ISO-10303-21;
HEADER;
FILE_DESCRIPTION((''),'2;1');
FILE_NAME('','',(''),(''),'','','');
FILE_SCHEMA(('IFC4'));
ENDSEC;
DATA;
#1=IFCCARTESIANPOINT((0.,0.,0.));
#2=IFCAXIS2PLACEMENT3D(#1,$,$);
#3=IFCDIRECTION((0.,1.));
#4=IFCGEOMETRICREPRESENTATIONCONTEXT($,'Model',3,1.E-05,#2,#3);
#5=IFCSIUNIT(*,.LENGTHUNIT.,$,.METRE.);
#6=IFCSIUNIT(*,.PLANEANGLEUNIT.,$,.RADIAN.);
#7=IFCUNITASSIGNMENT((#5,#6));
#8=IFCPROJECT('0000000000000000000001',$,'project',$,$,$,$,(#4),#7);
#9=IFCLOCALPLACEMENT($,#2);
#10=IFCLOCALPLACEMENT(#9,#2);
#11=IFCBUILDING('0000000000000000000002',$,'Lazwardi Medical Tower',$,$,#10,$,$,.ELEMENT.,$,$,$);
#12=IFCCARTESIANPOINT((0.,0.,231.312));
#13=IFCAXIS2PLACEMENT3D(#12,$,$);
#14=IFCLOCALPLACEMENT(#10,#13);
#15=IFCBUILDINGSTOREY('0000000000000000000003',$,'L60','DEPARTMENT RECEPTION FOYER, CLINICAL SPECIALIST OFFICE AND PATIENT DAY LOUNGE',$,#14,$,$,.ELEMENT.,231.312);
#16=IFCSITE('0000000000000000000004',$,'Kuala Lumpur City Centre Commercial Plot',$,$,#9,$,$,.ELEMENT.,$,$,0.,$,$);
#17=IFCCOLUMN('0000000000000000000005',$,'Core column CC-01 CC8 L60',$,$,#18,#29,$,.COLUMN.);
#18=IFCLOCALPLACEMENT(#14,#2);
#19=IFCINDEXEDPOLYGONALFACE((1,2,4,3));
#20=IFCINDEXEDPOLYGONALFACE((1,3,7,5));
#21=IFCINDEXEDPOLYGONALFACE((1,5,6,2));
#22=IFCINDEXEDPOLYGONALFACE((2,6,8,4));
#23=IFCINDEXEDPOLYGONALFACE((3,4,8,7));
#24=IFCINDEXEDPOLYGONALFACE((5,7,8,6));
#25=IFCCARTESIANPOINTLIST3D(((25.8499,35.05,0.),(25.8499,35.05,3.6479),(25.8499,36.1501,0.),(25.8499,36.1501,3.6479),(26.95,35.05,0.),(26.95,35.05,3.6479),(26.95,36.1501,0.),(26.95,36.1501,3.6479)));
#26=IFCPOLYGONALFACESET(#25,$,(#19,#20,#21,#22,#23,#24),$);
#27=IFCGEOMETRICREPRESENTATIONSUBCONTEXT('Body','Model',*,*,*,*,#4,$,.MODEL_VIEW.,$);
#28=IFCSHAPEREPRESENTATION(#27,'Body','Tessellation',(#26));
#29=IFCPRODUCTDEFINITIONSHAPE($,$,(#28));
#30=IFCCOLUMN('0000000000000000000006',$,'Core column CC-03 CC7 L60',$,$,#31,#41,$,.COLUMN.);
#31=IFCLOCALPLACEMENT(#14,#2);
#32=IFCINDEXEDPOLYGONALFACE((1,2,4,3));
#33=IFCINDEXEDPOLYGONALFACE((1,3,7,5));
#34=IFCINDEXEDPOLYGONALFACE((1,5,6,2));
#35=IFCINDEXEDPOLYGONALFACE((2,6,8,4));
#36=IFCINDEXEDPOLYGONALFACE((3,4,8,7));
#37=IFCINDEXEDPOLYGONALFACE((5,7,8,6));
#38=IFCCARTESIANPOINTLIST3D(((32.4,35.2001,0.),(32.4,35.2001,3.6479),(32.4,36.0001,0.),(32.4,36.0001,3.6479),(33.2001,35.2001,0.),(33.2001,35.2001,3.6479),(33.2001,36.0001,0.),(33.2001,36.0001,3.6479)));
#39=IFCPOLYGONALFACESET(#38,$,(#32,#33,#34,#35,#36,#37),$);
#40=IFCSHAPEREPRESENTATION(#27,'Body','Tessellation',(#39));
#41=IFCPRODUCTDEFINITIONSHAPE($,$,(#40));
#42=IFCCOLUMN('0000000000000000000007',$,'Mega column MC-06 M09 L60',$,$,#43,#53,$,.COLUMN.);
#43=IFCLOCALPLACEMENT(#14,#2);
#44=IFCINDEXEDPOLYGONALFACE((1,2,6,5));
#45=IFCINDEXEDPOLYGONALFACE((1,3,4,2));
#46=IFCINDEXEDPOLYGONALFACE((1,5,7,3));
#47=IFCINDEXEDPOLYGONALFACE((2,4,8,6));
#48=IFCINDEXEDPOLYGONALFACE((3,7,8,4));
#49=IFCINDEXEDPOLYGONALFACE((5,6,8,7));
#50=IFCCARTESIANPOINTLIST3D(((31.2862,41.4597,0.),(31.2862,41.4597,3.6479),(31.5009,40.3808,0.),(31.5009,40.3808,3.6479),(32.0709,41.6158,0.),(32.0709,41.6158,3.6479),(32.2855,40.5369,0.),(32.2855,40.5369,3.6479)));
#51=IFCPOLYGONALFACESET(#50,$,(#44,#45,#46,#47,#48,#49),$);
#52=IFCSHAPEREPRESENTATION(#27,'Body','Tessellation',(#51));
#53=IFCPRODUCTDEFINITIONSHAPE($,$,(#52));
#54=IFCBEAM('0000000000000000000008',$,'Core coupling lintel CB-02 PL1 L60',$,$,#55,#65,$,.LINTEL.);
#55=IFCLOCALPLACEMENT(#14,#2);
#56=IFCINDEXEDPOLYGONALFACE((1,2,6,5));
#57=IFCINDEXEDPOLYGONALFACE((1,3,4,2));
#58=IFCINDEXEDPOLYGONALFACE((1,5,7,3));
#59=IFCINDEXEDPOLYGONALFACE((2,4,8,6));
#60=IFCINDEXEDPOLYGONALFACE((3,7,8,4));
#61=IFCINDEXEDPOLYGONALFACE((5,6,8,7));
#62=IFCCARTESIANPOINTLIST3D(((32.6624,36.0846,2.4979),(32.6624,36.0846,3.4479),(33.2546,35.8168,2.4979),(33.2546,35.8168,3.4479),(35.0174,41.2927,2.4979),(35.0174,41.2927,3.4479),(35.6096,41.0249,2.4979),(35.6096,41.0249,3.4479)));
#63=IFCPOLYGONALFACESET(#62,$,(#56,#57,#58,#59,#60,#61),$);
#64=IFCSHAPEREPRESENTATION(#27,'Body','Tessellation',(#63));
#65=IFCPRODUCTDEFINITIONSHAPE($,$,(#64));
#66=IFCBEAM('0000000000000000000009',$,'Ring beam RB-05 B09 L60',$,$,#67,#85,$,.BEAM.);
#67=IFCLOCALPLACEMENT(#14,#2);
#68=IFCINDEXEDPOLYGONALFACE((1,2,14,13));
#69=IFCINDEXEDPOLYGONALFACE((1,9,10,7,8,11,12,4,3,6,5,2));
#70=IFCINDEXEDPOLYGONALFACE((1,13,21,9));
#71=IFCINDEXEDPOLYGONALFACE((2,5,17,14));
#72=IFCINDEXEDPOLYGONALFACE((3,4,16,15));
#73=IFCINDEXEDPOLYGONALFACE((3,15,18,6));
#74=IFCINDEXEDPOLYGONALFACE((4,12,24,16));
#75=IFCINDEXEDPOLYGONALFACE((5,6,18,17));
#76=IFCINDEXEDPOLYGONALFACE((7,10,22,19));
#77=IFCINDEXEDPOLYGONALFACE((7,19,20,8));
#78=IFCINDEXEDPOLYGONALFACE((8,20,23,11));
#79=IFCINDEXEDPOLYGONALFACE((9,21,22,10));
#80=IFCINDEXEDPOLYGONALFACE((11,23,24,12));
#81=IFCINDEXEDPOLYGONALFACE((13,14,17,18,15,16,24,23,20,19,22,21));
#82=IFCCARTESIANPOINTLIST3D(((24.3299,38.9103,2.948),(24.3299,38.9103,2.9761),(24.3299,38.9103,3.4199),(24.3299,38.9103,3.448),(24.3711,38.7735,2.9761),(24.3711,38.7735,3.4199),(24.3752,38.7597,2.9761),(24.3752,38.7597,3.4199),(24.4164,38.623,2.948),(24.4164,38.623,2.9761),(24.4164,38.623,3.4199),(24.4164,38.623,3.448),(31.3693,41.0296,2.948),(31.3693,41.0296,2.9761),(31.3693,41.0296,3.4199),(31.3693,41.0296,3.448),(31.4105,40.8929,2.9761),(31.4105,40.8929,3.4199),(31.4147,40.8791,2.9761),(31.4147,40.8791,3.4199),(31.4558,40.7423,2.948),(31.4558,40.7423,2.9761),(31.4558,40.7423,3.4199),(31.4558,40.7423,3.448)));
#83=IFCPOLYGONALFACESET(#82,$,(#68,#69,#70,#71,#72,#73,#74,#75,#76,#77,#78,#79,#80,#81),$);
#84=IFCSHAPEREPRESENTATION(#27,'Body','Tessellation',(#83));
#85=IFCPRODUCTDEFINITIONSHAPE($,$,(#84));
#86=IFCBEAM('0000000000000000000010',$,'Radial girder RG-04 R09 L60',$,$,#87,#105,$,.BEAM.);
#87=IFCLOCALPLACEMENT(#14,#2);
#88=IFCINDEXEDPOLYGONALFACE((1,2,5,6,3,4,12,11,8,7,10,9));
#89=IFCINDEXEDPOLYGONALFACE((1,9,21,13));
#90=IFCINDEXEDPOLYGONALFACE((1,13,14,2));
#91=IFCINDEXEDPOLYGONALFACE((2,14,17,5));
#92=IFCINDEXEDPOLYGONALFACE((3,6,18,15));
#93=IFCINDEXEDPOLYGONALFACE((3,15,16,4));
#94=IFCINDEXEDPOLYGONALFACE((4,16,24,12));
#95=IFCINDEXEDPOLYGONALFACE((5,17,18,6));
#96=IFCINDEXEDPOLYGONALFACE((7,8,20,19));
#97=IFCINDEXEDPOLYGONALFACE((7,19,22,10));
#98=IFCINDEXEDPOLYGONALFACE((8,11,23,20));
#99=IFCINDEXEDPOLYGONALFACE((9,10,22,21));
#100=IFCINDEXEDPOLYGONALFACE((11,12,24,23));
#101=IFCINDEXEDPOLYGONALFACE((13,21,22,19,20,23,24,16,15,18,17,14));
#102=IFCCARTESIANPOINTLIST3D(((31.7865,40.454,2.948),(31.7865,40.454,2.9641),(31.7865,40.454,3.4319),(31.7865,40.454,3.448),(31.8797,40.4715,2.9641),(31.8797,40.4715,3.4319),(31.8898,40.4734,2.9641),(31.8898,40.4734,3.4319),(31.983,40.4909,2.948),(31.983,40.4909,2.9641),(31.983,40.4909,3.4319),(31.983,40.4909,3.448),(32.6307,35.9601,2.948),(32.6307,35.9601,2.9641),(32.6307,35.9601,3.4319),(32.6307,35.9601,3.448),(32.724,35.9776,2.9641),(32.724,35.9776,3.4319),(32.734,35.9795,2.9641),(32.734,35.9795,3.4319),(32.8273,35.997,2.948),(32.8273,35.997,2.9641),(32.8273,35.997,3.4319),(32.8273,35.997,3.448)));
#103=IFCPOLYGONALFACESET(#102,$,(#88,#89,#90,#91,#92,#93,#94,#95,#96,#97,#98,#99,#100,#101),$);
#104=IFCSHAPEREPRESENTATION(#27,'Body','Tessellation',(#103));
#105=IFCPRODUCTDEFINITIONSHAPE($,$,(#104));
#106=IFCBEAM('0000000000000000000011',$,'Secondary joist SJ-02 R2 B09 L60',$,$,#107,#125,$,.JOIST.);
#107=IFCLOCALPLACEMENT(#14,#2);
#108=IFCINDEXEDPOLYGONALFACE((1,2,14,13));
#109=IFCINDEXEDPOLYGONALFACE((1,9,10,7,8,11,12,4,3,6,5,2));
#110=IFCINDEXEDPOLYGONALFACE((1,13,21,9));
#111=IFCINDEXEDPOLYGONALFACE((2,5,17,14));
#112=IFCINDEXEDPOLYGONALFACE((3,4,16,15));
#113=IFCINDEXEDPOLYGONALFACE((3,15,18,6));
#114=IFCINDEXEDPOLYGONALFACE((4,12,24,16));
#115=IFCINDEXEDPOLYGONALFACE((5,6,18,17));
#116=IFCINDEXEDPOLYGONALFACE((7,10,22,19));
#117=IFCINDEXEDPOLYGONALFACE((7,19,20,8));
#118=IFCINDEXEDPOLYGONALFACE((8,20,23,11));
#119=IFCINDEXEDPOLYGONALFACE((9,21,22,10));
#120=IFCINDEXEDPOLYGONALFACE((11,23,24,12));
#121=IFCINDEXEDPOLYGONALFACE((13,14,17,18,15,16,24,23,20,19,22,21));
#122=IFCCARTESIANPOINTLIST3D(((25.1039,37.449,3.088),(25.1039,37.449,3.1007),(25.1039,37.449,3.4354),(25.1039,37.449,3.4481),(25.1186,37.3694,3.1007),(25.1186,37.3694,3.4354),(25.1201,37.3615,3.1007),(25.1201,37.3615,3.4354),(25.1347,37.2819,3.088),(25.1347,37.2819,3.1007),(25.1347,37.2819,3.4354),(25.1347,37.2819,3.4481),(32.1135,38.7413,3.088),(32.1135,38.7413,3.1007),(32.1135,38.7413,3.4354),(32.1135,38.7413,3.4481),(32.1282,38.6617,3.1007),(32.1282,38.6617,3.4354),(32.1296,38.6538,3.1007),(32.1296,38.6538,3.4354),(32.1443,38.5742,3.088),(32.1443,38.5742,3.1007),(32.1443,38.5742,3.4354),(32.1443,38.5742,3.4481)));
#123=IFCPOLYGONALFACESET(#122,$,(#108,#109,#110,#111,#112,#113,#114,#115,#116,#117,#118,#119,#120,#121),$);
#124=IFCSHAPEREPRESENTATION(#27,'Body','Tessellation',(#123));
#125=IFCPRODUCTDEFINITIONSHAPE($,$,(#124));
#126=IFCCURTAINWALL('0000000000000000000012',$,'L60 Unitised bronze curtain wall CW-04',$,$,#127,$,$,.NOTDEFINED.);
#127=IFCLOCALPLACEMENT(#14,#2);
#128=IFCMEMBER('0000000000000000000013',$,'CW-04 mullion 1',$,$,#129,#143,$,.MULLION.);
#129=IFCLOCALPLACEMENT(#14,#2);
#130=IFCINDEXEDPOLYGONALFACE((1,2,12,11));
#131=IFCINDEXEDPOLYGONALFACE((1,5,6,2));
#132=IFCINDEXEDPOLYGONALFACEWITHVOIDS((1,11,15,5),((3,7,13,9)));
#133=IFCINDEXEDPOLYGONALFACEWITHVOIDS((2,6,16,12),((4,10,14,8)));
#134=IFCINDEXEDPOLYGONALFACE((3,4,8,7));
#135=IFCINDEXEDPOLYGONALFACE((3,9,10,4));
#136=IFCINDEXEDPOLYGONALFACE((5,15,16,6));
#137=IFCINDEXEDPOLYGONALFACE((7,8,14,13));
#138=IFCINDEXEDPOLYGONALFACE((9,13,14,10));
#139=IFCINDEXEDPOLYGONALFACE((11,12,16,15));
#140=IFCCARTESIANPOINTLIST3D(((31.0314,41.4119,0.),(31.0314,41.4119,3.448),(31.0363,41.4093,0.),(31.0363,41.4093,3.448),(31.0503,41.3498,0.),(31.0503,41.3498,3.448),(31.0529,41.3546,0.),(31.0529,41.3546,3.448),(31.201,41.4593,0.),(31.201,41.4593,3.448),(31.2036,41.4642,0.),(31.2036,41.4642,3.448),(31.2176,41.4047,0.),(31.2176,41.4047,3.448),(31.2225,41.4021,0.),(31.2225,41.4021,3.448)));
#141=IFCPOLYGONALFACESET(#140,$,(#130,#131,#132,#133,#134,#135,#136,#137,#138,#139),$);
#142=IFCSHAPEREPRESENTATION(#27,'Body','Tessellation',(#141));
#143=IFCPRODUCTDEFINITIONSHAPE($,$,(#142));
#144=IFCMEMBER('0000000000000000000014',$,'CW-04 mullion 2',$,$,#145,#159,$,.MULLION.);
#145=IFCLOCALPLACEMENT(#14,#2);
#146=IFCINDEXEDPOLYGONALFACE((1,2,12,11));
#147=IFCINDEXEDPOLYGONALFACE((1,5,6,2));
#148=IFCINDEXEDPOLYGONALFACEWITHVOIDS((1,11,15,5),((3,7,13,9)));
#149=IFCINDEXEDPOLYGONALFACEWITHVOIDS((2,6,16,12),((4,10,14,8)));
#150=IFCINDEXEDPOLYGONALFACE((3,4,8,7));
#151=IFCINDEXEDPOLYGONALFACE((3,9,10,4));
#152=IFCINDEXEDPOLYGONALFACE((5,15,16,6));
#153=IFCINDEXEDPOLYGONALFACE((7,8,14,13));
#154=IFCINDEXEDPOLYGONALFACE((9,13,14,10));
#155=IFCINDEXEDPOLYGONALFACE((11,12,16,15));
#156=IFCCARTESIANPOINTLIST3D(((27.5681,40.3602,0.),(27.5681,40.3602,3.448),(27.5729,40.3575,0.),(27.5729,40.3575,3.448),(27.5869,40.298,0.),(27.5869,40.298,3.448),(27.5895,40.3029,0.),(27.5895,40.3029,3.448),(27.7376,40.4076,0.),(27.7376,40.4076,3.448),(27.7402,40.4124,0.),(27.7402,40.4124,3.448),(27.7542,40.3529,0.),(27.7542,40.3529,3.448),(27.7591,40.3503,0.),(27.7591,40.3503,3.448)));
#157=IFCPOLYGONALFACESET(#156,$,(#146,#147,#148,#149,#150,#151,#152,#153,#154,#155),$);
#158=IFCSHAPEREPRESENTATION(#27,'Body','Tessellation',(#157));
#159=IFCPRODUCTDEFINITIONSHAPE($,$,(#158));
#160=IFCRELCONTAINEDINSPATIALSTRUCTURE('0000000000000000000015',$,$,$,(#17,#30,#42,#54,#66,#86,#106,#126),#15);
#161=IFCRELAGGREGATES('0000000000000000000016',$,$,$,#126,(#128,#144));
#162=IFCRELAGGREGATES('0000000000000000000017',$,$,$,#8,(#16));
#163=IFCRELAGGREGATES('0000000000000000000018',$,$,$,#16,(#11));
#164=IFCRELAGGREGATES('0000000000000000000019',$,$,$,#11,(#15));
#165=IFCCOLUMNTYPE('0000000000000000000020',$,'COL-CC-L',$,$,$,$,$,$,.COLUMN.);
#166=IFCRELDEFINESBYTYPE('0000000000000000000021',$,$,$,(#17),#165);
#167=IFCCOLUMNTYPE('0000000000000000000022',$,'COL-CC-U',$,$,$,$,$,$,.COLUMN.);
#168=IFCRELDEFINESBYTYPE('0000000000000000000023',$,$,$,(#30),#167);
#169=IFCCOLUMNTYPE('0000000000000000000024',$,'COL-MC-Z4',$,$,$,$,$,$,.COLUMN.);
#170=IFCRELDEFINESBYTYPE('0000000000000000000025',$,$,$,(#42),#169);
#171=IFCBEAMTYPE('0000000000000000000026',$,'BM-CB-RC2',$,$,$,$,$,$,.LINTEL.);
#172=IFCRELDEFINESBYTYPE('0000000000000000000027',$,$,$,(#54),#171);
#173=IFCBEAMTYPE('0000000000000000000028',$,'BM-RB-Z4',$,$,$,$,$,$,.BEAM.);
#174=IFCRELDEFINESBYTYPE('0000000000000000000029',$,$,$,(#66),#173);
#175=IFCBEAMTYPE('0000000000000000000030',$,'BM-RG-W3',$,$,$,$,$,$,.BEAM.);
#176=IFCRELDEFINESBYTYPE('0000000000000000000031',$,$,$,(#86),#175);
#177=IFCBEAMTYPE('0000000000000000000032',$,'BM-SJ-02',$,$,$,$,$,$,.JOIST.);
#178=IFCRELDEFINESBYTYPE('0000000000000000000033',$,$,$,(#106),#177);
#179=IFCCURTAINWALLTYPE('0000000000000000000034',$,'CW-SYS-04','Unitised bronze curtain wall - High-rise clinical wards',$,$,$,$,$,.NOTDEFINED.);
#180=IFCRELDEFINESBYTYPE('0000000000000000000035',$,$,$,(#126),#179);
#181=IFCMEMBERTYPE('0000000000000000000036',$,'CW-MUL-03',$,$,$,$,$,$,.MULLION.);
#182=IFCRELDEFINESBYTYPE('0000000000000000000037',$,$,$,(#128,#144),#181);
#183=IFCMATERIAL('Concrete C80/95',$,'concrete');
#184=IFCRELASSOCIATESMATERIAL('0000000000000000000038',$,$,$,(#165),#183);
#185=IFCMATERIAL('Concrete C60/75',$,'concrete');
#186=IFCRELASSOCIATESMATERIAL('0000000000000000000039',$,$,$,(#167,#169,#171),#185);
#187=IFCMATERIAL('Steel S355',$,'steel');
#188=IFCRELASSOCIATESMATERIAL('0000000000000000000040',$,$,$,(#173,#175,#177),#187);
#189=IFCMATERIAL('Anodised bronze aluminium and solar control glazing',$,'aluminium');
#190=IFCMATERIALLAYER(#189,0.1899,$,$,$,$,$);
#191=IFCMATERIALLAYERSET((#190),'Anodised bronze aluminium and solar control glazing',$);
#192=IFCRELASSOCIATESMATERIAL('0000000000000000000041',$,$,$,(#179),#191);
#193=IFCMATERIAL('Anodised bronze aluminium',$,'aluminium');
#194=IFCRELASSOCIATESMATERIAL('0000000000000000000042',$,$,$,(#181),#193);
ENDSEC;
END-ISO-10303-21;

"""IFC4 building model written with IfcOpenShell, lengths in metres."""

from ifc_helpers import new_model, si_unit, direction, frame, origin, origin_2d, place, context, subcontext, project, spatial, rectangle, hollow_rectangle, i_section, extrude, material, layer, layer_set, material_profile, profile_set, type_object, element, aggregate, save


model = new_model("IFC4")

# Units and contexts
model_context = context("Model", 3, precision=1e-05, world=origin(), true_north=direction((0.0, 1.0)))
body_context = subcontext(model_context, "Body", "Model", "MODEL_VIEW")
ifc_project = project(units=[si_unit("LENGTHUNIT", "METRE"), si_unit("PLANEANGLEUNIT", "RADIAN")], contexts=[model_context])

# Site, building, storey
site_placement = place(None, origin())
site = spatial("IfcSite", under=ifc_project, at=site_placement, Name="Kuala Lumpur City Centre Commercial Plot", CompositionType="ELEMENT", RefElevation=0.0)
building_placement = place(site_placement, origin())
building = spatial("IfcBuilding", under=site, at=building_placement, Name="Lazwardi Medical Tower", CompositionType="ELEMENT")
storey_placement = place(building_placement, frame((0.0, 0.0, 231.312)))
storey = spatial("IfcBuildingStorey", under=building, at=storey_placement, Name="L60", Description="DEPARTMENT RECEPTION FOYER, CLINICAL SPECIALIST OFFICE AND PATIENT DAY LOUNGE", CompositionType="ELEMENT", Elevation=231.312)

# Columns
ifc_material_1 = material(Name="Concrete C80/95", Category="concrete")
ifc_material_profile_1 = material_profile(ifc_material_1, rectangle(XDim=1.1001, YDim=1.1001, at=origin_2d()), Name="RC 1100x1100")
ifc_profile_set_1 = profile_set([ifc_material_profile_1], Name="Concrete C80/95")
column_type_1 = type_object("IfcColumnType", Name="COL-CC-L", PredefinedType="COLUMN", material=ifc_profile_set_1)
column_1_placement = place(storey_placement, frame((26.3999, 35.6001, 0.0), z_axis=(0.0, 0.0, 1.0), x_axis=(1.0, 0.0, 0.0)))
element("IfcColumn", 1, at=column_1_placement, inside=storey, type_object=column_type_1, Name="Core column CC-01 CC8 L60", PredefinedType="COLUMN", context=body_context, shape_type="SweptSolid", body=[
    extrude(rectangle(XDim=1.1001, YDim=1.1001, at=origin_2d()), origin(), (0.0, 0.0, 1.0), 3.6479),
])
ifc_material_2 = material(Name="Concrete C60/75", Category="concrete")
ifc_material_profile_2 = material_profile(ifc_material_2, rectangle(XDim=0.8, YDim=0.8, at=origin_2d()), Name="RC 800x800")
ifc_profile_set_2 = profile_set([ifc_material_profile_2], Name="Concrete C60/75")
column_type_2 = type_object("IfcColumnType", Name="COL-CC-U", PredefinedType="COLUMN", material=ifc_profile_set_2)
column_2_placement = place(storey_placement, frame((32.8, 35.6001, 0.0), z_axis=(0.0, 0.0, 1.0), x_axis=(1.0, 0.0, 0.0)))
element("IfcColumn", 2, at=column_2_placement, inside=storey, type_object=column_type_2, Name="Core column CC-03 CC7 L60", PredefinedType="COLUMN", context=body_context, shape_type="SweptSolid", body=[
    extrude(rectangle(XDim=0.8, YDim=0.8, at=origin_2d()), origin(), (0.0, 0.0, 1.0), 3.6479),
])
ifc_material_profile_3 = material_profile(ifc_material_2, rectangle(XDim=1.1001, YDim=0.8, at=origin_2d()), Name="CFT-RECT 1100x800")
ifc_profile_set_3 = profile_set([ifc_material_profile_3], Name="Concrete C60/75")
column_type_3 = type_object("IfcColumnType", Name="COL-MC-Z4", PredefinedType="COLUMN", material=ifc_profile_set_3)
column_3_placement = place(storey_placement, frame((31.7859, 40.9983, 0.0), z_axis=(0.0, 0.0, 1.0), x_axis=(-0.19509, 0.980785, 0.0)))
element("IfcColumn", 3, at=column_3_placement, inside=storey, type_object=column_type_3, Name="Mega column MC-06 M09 L60", PredefinedType="COLUMN", context=body_context, shape_type="SweptSolid", body=[
    extrude(rectangle(XDim=1.1001, YDim=0.8, at=origin_2d()), origin(), (0.0, 0.0, 1.0), 3.6479),
])

# Beams
ifc_material_profile_4 = material_profile(ifc_material_2, rectangle(XDim=0.6499, YDim=0.95, at=origin_2d()), Name="RC 650x950")
ifc_profile_set_4 = profile_set([ifc_material_profile_4], Name="Concrete C60/75")
beam_type_1 = type_object("IfcBeamType", Name="BM-CB-RC2", PredefinedType="LINTEL", material=ifc_profile_set_4)
beam_1_placement = place(storey_placement, frame((32.9585, 35.9507, 2.9729), z_axis=(0.412019, 0.911175, 0.0), x_axis=(-0.911175, 0.412019, 0.0)))
element("IfcBeam", 4, at=beam_1_placement, inside=storey, type_object=beam_type_1, Name="Core coupling lintel CB-02 PL1 L60", PredefinedType="LINTEL", context=body_context, shape_type="SweptSolid", body=[
    extrude(rectangle(XDim=0.6499, YDim=0.95, at=origin_2d()), origin(), (0.0, 0.0, 1.0), 5.7158),
])
ifc_material_3 = material(Name="Steel S355", Category="steel")
ifc_material_profile_5 = material_profile(ifc_material_3, i_section(OverallWidth=0.3, OverallDepth=0.5, WebThickness=0.0144, FlangeThickness=0.0281, at=origin_2d()), Name="HEB 500")
ifc_profile_set_5 = profile_set([ifc_material_profile_5], Name="Steel S355")
beam_type_2 = type_object("IfcBeamType", Name="BM-RB-Z4", PredefinedType="BEAM", material=ifc_profile_set_5)
beam_2_placement = place(storey_placement, frame((31.4126, 40.886, 3.198), z_axis=(-0.957544, -0.288286, 0.0), x_axis=(0.288286, -0.957544, 0.0)))
element("IfcBeam", 5, at=beam_2_placement, inside=storey, type_object=beam_type_2, Name="Ring beam RB-05 B09 L60", PredefinedType="BEAM", context=body_context, shape_type="SweptSolid", body=[
    extrude(i_section(OverallWidth=0.3, OverallDepth=0.5, WebThickness=0.0144, FlangeThickness=0.0281, at=origin_2d()), origin(), (0.0, 0.0, 1.0), 7.3516),
])
ifc_material_profile_6 = material_profile(ifc_material_3, i_section(OverallWidth=0.2, OverallDepth=0.5, WebThickness=0.0103, FlangeThickness=0.0161, at=origin_2d()), Name="IPE 500")
ifc_profile_set_6 = profile_set([ifc_material_profile_6], Name="Steel S355")
beam_type_3 = type_object("IfcBeamType", Name="BM-RG-W3", PredefinedType="BEAM", material=ifc_profile_set_6)
beam_3_placement = place(storey_placement, frame((31.8848, 40.4724, 3.198), z_axis=(0.184633, -0.982807, 0.0), x_axis=(0.982807, 0.184633, 0.0)))
element("IfcBeam", 6, at=beam_3_placement, inside=storey, type_object=beam_type_3, Name="Radial girder RG-04 R09 L60", PredefinedType="BEAM", context=body_context, shape_type="SweptSolid", body=[
    extrude(i_section(OverallWidth=0.2, OverallDepth=0.5, WebThickness=0.0103, FlangeThickness=0.0161, at=origin_2d()), origin(), (0.0, 0.0, 1.0), 4.5725),
])
ifc_material_profile_7 = material_profile(ifc_material_3, i_section(OverallWidth=0.1699, OverallDepth=0.3601, WebThickness=0.0081, FlangeThickness=0.0127, at=origin_2d()), Name="IPE 360")
ifc_profile_set_7 = profile_set([ifc_material_profile_7], Name="Steel S355")
beam_type_4 = type_object("IfcBeamType", Name="BM-SJ-02", PredefinedType="JOIST", material=ifc_profile_set_7)
beam_4_placement = place(storey_placement, frame((32.1289, 38.6577, 3.2681), z_axis=(-0.983428, -0.181299, 0.0), x_axis=(0.181299, -0.983428, 0.0)))
element("IfcBeam", 7, at=beam_4_placement, inside=storey, type_object=beam_type_4, Name="Secondary joist SJ-02 R2 B09 L60", PredefinedType="JOIST", context=body_context, shape_type="SweptSolid", body=[
    extrude(i_section(OverallWidth=0.1699, OverallDepth=0.3601, WebThickness=0.0081, FlangeThickness=0.0127, at=origin_2d()), origin(), (0.0, 0.0, 1.0), 7.1277),
])

# Curtain wall, members
ifc_material_4 = material(Name="Anodised bronze aluminium and solar control glazing", Category="aluminium")
ifc_layer_1 = layer(ifc_material_4, 0.1899)
ifc_layer_set_1 = layer_set([ifc_layer_1], Name="Anodised bronze aluminium and solar control glazing")
curtain_wall_type = type_object("IfcCurtainWallType", Name="CW-SYS-04", Description="Unitised bronze curtain wall - High-rise clinical wards", PredefinedType="NOTDEFINED", material=ifc_layer_set_1)
curtain_wall_placement = place(storey_placement, origin())
curtain_wall = element("IfcCurtainWall", 8, at=curtain_wall_placement, inside=storey, type_object=curtain_wall_type, Name="L60 Unitised bronze curtain wall CW-04", PredefinedType="NOTDEFINED")
ifc_material_5 = material(Name="Anodised bronze aluminium", Category="aluminium")
ifc_material_profile_8 = material_profile(ifc_material_5, hollow_rectangle(XDim=0.0649, YDim=0.1799, WallThickness=0.0039, at=origin_2d()), Name="ALU-MULLION 180x65x4")
ifc_profile_set_8 = profile_set([ifc_material_profile_8], Name="Anodised bronze aluminium")
member_type_1 = type_object("IfcMemberType", Name="CW-MUL-03", PredefinedType="MULLION", material=ifc_profile_set_8)
member_1_placement = place(storey_placement, frame((31.127, 41.407, 0.0), z_axis=(0.0, 0.0, 1.0), x_axis=(0.290582, -0.95685, 0.0)))
member_1 = element("IfcMember", 9, at=member_1_placement, type_object=member_type_1, Name="CW-04 mullion 1", PredefinedType="MULLION", context=body_context, shape_type="SweptSolid", body=[
    extrude(hollow_rectangle(XDim=0.0649, YDim=0.1799, WallThickness=0.0039, at=origin_2d()), origin(), (0.0, 0.0, 1.0), 3.448),
])
member_2_placement = place(storey_placement, frame((27.6636, 40.3552, 0.0), z_axis=(0.0, 0.0, 1.0), x_axis=(0.290582, -0.95685, 0.0)))
member_2 = element("IfcMember", 10, at=member_2_placement, type_object=member_type_1, Name="CW-04 mullion 2", PredefinedType="MULLION", context=body_context, shape_type="SweptSolid", body=[
    extrude(hollow_rectangle(XDim=0.0649, YDim=0.1799, WallThickness=0.0039, at=origin_2d()), origin(), (0.0, 0.0, 1.0), 3.448),
])
aggregate(curtain_wall, [member_1, member_2])

save(model, "model.ifc")
